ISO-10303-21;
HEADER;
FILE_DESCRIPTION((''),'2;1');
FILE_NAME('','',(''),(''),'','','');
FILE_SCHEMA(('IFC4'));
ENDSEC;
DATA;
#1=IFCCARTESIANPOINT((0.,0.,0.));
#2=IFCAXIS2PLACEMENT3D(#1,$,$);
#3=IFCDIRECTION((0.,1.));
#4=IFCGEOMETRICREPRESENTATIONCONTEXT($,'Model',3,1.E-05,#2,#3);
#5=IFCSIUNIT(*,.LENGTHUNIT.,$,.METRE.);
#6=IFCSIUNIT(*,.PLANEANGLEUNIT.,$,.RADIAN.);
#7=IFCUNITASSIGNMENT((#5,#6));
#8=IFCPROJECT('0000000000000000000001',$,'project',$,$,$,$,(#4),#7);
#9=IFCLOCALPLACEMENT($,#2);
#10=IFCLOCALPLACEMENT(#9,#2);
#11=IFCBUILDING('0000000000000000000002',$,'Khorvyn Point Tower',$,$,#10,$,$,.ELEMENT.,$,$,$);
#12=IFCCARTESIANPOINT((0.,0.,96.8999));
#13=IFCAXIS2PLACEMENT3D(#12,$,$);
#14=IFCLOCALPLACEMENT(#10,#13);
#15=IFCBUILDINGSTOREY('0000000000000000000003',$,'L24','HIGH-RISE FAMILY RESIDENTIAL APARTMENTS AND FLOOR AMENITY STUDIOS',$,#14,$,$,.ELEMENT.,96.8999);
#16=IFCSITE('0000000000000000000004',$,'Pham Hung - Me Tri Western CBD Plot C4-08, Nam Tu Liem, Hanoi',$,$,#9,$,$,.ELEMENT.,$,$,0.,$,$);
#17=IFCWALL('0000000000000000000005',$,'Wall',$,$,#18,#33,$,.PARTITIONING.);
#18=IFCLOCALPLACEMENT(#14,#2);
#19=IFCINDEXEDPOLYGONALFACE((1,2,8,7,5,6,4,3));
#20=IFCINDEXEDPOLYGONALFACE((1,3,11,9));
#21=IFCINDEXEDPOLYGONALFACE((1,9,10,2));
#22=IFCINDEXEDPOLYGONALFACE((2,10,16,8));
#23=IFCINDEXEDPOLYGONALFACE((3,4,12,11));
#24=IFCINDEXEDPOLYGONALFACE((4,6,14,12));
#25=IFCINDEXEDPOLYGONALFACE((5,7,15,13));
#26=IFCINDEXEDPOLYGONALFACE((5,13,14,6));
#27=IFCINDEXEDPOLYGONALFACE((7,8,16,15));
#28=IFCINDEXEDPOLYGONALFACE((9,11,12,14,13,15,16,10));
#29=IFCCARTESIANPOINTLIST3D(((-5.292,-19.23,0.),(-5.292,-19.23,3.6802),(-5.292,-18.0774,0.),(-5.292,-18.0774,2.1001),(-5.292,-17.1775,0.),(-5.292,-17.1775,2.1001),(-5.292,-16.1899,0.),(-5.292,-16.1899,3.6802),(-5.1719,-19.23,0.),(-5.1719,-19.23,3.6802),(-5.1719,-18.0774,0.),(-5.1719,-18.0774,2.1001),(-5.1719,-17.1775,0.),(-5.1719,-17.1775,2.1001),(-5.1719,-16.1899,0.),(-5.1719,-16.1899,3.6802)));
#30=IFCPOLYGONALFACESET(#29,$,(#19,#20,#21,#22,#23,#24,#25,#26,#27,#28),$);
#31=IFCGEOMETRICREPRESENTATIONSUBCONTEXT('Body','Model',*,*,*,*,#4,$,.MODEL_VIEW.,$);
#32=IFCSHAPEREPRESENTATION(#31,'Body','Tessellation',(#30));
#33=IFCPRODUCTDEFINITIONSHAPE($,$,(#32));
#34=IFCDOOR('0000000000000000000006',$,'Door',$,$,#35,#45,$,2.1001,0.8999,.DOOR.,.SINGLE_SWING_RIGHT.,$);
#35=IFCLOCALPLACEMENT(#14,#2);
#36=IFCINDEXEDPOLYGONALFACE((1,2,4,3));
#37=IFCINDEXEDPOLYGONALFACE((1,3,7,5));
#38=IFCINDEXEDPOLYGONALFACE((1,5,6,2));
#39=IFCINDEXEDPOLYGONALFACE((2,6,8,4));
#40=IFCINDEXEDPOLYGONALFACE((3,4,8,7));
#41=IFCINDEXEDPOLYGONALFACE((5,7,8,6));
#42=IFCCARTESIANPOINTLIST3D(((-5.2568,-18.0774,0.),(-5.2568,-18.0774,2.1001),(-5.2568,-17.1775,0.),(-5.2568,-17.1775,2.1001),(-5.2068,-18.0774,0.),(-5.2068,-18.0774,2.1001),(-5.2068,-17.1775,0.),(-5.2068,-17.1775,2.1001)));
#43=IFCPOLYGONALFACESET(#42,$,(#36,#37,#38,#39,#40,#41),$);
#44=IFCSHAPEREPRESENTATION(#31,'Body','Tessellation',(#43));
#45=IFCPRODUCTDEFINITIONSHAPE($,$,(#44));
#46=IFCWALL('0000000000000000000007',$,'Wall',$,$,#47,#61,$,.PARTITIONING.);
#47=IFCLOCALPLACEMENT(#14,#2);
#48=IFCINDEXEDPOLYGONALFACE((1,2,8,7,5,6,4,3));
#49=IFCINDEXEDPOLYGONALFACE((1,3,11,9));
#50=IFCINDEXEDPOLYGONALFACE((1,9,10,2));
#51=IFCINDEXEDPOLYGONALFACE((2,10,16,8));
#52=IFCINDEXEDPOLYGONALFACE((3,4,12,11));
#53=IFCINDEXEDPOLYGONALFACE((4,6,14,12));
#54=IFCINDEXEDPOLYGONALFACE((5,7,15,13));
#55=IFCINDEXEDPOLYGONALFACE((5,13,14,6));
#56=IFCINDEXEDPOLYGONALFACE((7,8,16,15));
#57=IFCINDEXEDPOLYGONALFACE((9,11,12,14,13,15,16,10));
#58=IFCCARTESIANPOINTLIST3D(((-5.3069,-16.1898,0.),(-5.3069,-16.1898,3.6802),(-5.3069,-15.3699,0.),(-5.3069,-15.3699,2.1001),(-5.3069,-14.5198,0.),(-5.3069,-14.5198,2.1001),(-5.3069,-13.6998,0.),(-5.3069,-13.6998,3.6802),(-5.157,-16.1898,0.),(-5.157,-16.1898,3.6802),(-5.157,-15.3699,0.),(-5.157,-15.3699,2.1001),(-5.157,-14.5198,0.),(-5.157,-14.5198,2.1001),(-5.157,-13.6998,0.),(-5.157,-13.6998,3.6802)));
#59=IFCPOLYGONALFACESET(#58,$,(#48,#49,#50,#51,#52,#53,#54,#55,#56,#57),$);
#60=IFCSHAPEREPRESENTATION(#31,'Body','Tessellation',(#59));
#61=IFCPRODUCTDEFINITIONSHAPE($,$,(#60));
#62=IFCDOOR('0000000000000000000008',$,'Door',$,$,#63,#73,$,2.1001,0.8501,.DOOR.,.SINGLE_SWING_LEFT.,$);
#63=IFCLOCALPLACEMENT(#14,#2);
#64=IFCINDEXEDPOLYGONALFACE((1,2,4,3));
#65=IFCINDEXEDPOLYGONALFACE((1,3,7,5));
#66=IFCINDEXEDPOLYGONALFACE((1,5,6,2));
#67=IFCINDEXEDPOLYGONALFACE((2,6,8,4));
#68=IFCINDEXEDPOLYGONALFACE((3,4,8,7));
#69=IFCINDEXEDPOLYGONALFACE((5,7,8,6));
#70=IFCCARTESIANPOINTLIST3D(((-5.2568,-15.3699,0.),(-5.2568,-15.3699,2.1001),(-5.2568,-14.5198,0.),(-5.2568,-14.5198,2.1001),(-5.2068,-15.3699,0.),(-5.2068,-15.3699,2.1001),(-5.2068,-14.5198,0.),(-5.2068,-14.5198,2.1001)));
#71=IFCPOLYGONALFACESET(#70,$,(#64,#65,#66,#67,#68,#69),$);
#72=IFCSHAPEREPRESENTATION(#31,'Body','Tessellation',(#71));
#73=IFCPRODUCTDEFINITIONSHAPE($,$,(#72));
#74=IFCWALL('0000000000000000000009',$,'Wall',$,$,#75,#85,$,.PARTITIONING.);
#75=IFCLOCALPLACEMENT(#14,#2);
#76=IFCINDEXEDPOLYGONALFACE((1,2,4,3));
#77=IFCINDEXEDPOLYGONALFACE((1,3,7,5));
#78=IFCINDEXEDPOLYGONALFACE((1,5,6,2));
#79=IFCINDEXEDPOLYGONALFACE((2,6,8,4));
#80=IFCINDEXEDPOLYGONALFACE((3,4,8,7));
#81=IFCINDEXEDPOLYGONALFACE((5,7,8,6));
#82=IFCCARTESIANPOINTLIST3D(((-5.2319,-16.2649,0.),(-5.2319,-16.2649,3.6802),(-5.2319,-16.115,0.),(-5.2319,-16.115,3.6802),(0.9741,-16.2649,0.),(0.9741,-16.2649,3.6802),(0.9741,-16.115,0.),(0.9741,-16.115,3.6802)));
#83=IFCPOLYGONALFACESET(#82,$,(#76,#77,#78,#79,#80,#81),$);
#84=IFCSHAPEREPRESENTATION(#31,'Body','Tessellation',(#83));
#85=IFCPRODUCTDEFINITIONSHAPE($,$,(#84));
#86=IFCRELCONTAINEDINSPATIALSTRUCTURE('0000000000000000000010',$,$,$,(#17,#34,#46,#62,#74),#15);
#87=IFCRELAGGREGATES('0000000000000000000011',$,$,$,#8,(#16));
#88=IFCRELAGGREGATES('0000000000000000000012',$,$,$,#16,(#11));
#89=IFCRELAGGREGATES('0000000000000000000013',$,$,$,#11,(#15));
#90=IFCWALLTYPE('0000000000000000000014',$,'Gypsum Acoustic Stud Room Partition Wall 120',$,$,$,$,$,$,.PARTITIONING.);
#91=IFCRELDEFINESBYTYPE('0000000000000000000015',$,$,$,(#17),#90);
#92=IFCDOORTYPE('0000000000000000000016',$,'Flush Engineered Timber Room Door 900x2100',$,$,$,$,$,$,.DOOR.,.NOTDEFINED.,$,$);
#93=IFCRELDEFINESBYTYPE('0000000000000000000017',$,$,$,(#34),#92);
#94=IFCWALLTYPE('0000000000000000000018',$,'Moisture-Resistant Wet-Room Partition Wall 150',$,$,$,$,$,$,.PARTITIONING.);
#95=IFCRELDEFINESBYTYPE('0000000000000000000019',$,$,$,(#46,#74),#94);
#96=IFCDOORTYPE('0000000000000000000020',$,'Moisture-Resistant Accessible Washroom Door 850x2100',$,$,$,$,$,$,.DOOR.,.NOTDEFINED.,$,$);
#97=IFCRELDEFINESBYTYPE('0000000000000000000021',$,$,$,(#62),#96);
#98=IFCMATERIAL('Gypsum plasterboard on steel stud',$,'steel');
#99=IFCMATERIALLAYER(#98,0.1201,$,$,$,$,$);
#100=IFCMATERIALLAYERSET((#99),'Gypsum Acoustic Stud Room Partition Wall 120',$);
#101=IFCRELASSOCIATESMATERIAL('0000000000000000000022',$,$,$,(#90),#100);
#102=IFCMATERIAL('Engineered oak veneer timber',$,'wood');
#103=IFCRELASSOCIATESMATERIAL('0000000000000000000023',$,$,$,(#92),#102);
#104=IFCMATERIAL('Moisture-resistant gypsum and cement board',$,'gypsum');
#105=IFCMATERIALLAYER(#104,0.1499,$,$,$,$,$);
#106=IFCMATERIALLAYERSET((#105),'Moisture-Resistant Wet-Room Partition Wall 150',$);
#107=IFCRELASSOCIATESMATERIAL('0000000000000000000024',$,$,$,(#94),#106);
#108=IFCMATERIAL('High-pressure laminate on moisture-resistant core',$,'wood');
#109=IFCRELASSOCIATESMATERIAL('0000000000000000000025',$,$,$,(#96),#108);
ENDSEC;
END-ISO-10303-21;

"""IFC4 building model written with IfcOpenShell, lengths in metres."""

from ifc_helpers import new_model, si_unit, direction, frame, frame_2d, origin, place, context, subcontext, project, spatial, rectangle, extrude, material, layer, layer_set, type_object, element, fill, save


model = new_model("IFC4")

# Units and contexts
model_context = context("Model", 3, precision=1e-05, world=origin(), true_north=direction((0.0, 1.0)))
body_context = subcontext(model_context, "Body", "Model", "MODEL_VIEW")
ifc_project = project(units=[si_unit("LENGTHUNIT", "METRE"), si_unit("PLANEANGLEUNIT", "RADIAN")], contexts=[model_context])

# Site, building, storey
site_placement = place(None, origin())
site = spatial("IfcSite", under=ifc_project, at=site_placement, Name="Pham Hung - Me Tri Western CBD Plot C4-08, Nam Tu Liem, Hanoi", CompositionType="ELEMENT", RefElevation=0.0)
building_placement = place(site_placement, origin())
building = spatial("IfcBuilding", under=site, at=building_placement, Name="Khorvyn Point Tower", CompositionType="ELEMENT")
storey_placement = place(building_placement, frame((0.0, 0.0, 96.8999)))
storey = spatial("IfcBuildingStorey", under=building, at=storey_placement, Name="L24", Description="HIGH-RISE FAMILY RESIDENTIAL APARTMENTS AND FLOOR AMENITY STUDIOS", CompositionType="ELEMENT", Elevation=96.8999)

# Walls, openings, doors
ifc_material_1 = material(Name="Gypsum plasterboard on steel stud", Category="steel")
ifc_layer_1 = layer(ifc_material_1, 0.1201)
ifc_layer_set_1 = layer_set([ifc_layer_1], Name="Gypsum Acoustic Stud Room Partition Wall 120")
wall_type_1 = type_object("IfcWallType", Name="Gypsum Acoustic Stud Room Partition Wall 120", PredefinedType="PARTITIONING", material=ifc_layer_set_1)
wall_1_placement = place(storey_placement, frame((-5.2319, -19.23, 0.0), z_axis=(0.0, 0.0, 1.0), x_axis=(0.0, 1.0, 0.0)))
wall_1 = element("IfcWall", 1, at=wall_1_placement, inside=storey, type_object=wall_type_1, Name="Wall", PredefinedType="PARTITIONING", context=body_context, shape_type="SweptSolid", body=[
    extrude(rectangle(XDim=3.04, YDim=0.1201, at=frame_2d((1.52, 0.0))), origin(), (0.0, 0.0, 1.0), 3.6802),
])
opening_1_placement = place(wall_1_placement, frame((1.1526, 0.0, 0.0)))
opening_1 = element("IfcOpeningElement", 2, at=opening_1_placement, cuts=wall_1, PredefinedType="OPENING", context=body_context, shape_type="SweptSolid", body=[
    extrude(rectangle(XDim=0.8999, YDim=2.1001, at=frame_2d((0.45, 1.05))), frame((0.0, 0.0701, 0.0), z_axis=(0.0, -1.0, 0.0), x_axis=(1.0, 0.0, 0.0)), (0.0, 0.0, 1.0), 0.1401),
])
ifc_material_2 = material(Name="Engineered oak veneer timber", Category="wood")
door_type_1 = type_object("IfcDoorType", Name="Flush Engineered Timber Room Door 900x2100", OperationType="NOTDEFINED", PredefinedType="DOOR", material=ifc_material_2)
door_1_placement = place(opening_1_placement, origin())
door_1 = element("IfcDoor", 3, at=door_1_placement, inside=storey, type_object=door_type_1, Name="Door", OperationType="SINGLE_SWING_RIGHT", OverallHeight=2.1001, OverallWidth=0.8999, PredefinedType="DOOR", context=body_context, shape_type="SweptSolid", body=[
    extrude(rectangle(XDim=0.8999, YDim=2.1001, at=frame_2d((0.45, 1.05))), frame((0.0, 0.0249, 0.0), z_axis=(0.0, -1.0, 0.0), x_axis=(1.0, 0.0, 0.0)), (0.0, 0.0, 1.0), 0.05),
])
fill(opening_1, door_1)
ifc_material_3 = material(Name="Moisture-resistant gypsum and cement board", Category="gypsum")
ifc_layer_2 = layer(ifc_material_3, 0.1499)
ifc_layer_set_2 = layer_set([ifc_layer_2], Name="Moisture-Resistant Wet-Room Partition Wall 150")
wall_type_2 = type_object("IfcWallType", Name="Moisture-Resistant Wet-Room Partition Wall 150", PredefinedType="PARTITIONING", material=ifc_layer_set_2)
wall_2_placement = place(storey_placement, frame((-5.2319, -16.1899, 0.0), z_axis=(0.0, 0.0, 1.0), x_axis=(0.0, 1.0, 0.0)))
wall_2 = element("IfcWall", 4, at=wall_2_placement, inside=storey, type_object=wall_type_2, Name="Wall", PredefinedType="PARTITIONING", context=body_context, shape_type="SweptSolid", body=[
    extrude(rectangle(XDim=2.49, YDim=0.1499, at=frame_2d((1.2451, 0.0))), origin(), (0.0, 0.0, 1.0), 3.6802),
])
opening_2_placement = place(wall_2_placement, frame((0.8201, 0.0, 0.0)))
opening_2 = element("IfcOpeningElement", 5, at=opening_2_placement, cuts=wall_2, PredefinedType="OPENING", context=body_context, shape_type="SweptSolid", body=[
    extrude(rectangle(XDim=0.8501, YDim=2.1001, at=frame_2d((0.425, 1.05))), frame((0.0, 0.085, 0.0), z_axis=(0.0, -1.0, 0.0), x_axis=(1.0, 0.0, 0.0)), (0.0, 0.0, 1.0), 0.1699),
])
ifc_material_4 = material(Name="High-pressure laminate on moisture-resistant core", Category="wood")
door_type_2 = type_object("IfcDoorType", Name="Moisture-Resistant Accessible Washroom Door 850x2100", OperationType="NOTDEFINED", PredefinedType="DOOR", material=ifc_material_4)
door_2_placement = place(opening_2_placement, origin())
door_2 = element("IfcDoor", 6, at=door_2_placement, inside=storey, type_object=door_type_2, Name="Door", OperationType="SINGLE_SWING_LEFT", OverallHeight=2.1001, OverallWidth=0.8501, PredefinedType="DOOR", context=body_context, shape_type="SweptSolid", body=[
    extrude(rectangle(XDim=0.8501, YDim=2.1001, at=frame_2d((0.425, 1.05))), frame((0.0, 0.0249, 0.0), z_axis=(0.0, -1.0, 0.0), x_axis=(1.0, 0.0, 0.0)), (0.0, 0.0, 1.0), 0.05),
])
fill(opening_2, door_2)

# Wall
wall_3_placement = place(storey_placement, frame((-5.2319, -16.1899, 0.0), z_axis=(0.0, 0.0, 1.0), x_axis=(1.0, 0.0, 0.0)))
element("IfcWall", 7, at=wall_3_placement, inside=storey, type_object=wall_type_2, Name="Wall", PredefinedType="PARTITIONING", context=body_context, shape_type="SweptSolid", body=[
    extrude(rectangle(XDim=6.2061, YDim=0.1499, at=frame_2d((3.103, 0.0))), origin(), (0.0, 0.0, 1.0), 3.6802),
])

save(model, "model.ifc")
